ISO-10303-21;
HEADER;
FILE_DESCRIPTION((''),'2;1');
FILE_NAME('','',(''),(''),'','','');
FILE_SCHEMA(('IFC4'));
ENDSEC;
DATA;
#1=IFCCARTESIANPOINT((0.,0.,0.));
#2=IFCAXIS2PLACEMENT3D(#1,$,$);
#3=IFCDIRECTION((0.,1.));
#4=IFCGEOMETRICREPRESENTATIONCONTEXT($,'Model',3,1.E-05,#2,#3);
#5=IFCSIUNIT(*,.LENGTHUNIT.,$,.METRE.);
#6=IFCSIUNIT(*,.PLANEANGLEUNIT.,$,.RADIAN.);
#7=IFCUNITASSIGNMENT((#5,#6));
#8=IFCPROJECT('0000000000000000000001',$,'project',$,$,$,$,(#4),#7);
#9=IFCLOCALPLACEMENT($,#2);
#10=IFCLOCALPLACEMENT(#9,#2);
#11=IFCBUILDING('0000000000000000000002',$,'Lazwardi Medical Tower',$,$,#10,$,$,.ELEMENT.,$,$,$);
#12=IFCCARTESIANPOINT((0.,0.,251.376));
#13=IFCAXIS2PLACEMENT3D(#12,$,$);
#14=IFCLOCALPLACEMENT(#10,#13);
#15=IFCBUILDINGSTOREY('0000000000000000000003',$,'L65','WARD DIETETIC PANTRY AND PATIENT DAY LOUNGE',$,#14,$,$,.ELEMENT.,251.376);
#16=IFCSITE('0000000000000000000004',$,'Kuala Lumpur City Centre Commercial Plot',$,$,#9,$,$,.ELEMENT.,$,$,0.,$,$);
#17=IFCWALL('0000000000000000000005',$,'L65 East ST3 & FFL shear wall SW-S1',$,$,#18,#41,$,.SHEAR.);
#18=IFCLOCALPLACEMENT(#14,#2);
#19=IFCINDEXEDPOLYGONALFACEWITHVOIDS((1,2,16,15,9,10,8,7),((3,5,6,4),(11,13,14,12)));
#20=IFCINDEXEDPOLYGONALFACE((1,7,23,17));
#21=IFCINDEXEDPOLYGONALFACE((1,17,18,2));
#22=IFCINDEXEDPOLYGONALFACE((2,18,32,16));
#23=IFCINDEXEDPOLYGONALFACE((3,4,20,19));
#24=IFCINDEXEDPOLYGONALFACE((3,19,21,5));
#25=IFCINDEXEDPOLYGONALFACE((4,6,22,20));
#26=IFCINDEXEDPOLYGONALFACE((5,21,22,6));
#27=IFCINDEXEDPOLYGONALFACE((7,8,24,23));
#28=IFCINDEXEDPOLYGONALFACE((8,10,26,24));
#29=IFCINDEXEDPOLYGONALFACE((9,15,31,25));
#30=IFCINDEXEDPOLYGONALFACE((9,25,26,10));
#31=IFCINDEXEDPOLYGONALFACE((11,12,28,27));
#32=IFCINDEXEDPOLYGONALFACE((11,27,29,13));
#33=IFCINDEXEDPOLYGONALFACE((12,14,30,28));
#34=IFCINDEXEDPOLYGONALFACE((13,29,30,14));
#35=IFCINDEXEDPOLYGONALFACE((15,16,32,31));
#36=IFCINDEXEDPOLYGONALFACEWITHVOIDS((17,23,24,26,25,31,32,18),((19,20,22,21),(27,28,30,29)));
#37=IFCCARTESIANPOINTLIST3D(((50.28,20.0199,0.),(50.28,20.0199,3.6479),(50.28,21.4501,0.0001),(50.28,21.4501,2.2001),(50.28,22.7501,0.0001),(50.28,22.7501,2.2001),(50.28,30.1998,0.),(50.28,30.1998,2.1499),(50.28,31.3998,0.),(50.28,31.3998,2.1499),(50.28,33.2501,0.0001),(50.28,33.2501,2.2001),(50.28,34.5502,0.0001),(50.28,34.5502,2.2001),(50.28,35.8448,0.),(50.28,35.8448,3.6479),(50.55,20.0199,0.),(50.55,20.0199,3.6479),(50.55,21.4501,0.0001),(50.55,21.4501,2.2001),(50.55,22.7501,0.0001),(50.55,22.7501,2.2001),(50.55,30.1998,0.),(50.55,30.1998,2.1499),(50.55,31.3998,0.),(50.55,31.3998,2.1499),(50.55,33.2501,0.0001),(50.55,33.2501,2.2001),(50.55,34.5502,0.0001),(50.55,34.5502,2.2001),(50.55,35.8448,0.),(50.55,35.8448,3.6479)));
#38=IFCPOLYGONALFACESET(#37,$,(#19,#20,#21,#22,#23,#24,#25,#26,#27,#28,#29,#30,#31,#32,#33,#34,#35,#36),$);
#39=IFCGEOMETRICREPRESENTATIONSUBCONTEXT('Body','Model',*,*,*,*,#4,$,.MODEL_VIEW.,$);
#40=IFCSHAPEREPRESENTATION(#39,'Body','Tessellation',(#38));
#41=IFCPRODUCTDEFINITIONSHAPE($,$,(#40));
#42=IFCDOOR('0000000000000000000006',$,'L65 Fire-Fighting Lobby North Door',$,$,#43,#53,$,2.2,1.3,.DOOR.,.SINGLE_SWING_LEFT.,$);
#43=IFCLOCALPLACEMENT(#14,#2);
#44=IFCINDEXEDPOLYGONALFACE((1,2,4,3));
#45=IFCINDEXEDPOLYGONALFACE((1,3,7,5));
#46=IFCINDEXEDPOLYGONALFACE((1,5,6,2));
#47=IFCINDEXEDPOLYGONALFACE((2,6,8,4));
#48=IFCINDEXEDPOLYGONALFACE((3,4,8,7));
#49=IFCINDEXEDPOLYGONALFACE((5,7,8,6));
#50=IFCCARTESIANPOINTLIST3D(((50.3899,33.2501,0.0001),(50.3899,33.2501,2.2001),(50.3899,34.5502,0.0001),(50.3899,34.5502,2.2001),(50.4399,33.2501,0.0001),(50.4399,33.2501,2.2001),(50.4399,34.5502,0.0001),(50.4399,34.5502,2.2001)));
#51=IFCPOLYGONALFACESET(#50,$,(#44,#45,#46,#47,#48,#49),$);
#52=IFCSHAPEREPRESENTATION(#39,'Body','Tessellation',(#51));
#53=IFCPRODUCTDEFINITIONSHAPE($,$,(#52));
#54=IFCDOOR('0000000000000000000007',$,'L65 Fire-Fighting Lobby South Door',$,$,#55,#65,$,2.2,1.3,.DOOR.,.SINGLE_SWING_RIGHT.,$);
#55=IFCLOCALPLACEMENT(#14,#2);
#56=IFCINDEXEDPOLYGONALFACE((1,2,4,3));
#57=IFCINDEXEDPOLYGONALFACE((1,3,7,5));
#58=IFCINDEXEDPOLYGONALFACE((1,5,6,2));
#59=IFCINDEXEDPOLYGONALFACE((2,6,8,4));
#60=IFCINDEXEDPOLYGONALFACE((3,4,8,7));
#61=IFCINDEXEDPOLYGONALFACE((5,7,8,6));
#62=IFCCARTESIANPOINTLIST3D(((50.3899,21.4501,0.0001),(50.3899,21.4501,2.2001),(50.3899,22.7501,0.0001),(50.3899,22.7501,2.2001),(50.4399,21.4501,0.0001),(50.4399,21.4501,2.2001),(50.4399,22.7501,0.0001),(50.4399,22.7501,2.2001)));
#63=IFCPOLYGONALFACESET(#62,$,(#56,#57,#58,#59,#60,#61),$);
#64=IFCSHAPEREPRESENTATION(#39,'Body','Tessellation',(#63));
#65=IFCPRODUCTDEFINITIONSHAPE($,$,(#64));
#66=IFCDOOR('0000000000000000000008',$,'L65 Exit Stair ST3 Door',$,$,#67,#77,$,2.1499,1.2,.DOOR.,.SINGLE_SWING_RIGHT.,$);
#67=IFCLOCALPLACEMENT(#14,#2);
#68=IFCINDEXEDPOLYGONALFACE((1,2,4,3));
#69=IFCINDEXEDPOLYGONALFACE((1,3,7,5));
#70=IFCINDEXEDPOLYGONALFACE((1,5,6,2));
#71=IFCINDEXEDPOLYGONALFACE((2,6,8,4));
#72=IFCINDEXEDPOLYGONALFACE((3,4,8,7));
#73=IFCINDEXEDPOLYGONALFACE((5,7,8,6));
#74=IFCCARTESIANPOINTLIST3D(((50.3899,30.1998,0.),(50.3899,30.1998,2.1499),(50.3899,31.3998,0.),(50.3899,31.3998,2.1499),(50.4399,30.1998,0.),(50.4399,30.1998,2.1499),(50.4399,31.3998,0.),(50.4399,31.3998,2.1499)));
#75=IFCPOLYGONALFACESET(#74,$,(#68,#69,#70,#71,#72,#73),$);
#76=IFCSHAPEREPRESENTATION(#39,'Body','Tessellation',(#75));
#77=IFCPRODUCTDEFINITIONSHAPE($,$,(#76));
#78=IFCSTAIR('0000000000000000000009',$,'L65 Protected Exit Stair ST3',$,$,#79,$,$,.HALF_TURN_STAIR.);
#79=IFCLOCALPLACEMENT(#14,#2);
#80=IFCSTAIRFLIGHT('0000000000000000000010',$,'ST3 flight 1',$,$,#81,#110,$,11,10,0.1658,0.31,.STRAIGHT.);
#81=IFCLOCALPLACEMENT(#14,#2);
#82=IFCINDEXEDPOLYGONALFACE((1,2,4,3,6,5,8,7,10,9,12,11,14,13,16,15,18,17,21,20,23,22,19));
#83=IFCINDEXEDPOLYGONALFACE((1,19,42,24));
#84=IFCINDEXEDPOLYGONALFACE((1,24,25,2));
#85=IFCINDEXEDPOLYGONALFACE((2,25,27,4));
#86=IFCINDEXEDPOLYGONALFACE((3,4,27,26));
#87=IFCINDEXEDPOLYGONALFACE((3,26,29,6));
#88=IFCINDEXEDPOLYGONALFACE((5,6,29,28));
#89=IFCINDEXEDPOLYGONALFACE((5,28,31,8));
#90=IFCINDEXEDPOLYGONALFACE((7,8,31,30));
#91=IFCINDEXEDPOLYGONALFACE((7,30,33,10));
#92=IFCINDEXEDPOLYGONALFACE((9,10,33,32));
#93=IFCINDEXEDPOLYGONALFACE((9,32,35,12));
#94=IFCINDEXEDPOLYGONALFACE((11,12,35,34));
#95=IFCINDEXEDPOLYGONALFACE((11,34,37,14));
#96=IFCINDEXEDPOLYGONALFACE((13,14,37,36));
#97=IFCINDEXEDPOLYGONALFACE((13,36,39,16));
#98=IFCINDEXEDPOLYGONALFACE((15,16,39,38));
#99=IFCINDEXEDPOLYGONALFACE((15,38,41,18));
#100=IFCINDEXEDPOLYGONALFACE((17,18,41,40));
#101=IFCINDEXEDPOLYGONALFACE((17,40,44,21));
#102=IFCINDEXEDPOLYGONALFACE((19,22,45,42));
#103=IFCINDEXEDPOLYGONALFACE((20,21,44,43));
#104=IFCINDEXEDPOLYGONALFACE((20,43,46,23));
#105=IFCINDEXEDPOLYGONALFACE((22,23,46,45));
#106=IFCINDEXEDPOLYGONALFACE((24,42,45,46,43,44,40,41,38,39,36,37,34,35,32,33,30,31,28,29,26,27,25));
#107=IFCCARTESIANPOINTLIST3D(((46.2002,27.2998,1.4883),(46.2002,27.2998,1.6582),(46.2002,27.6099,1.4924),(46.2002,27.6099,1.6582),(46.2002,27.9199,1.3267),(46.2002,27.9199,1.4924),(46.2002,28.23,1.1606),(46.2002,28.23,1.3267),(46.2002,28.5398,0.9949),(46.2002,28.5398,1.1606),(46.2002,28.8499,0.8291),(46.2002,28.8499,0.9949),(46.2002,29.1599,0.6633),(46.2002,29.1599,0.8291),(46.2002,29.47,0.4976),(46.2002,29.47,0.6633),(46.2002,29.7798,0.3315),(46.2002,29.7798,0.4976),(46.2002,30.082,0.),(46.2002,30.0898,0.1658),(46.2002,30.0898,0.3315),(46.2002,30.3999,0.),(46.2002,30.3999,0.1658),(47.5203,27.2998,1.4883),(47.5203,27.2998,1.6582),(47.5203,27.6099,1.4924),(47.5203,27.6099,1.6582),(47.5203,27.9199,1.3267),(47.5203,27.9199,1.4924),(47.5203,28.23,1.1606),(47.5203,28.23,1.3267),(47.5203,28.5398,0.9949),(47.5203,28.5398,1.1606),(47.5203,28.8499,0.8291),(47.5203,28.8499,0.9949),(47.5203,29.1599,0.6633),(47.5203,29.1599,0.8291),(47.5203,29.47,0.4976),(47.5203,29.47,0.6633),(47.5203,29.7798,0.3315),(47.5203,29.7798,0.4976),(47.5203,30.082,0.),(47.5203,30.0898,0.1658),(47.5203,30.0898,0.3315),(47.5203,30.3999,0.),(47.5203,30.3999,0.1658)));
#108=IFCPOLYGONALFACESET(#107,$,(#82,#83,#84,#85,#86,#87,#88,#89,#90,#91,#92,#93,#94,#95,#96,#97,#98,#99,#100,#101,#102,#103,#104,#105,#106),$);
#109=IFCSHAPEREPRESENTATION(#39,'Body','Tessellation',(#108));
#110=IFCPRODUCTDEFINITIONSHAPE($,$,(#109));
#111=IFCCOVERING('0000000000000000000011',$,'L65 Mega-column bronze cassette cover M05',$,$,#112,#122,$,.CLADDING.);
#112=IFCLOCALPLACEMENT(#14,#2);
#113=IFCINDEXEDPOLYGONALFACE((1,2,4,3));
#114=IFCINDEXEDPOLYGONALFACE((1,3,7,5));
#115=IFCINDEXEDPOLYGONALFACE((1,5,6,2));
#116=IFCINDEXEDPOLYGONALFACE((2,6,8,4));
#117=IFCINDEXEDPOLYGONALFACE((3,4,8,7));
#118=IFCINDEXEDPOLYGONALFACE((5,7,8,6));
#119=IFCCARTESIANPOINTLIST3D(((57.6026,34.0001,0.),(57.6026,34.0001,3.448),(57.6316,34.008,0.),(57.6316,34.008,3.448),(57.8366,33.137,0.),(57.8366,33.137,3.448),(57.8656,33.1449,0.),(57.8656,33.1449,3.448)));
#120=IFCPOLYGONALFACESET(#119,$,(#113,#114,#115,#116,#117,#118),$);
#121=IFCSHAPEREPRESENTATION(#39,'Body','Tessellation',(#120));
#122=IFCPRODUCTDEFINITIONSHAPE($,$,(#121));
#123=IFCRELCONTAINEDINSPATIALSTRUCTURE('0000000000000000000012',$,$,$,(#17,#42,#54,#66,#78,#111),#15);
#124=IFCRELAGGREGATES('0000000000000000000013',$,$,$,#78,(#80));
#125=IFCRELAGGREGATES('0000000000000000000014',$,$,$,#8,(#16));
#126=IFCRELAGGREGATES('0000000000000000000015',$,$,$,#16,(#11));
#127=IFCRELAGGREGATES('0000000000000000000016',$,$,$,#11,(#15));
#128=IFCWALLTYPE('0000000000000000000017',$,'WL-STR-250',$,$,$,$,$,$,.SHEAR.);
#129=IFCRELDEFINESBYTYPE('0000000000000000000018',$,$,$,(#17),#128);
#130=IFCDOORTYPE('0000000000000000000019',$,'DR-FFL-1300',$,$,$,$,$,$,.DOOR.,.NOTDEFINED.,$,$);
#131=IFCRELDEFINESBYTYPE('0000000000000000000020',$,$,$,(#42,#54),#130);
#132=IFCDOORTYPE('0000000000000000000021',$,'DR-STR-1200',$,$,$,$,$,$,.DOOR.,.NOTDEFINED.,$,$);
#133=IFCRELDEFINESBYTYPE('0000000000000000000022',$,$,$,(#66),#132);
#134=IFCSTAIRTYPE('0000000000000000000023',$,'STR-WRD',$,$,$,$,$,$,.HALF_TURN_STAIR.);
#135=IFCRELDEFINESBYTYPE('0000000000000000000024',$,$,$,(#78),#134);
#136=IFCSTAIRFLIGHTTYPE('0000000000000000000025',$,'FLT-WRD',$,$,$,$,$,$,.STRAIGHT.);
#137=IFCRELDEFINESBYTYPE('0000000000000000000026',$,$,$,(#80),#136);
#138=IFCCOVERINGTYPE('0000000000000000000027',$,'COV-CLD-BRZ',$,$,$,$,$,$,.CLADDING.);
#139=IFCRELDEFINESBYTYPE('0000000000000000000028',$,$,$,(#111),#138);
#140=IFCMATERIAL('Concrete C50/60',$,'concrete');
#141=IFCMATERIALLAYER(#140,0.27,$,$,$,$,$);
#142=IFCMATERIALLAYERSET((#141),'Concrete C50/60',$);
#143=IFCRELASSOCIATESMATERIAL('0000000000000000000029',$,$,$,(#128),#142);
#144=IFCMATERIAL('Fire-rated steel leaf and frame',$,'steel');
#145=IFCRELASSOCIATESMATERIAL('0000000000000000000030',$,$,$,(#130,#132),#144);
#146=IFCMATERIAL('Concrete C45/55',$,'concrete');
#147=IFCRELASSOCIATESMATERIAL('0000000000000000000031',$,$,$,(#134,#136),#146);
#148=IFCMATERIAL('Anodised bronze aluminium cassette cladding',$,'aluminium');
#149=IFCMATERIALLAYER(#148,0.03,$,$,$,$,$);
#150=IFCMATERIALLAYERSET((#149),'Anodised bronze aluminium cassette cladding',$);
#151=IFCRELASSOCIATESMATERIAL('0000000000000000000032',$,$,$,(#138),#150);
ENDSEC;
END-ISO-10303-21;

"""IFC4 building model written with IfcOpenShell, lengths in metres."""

from ifc_helpers import new_model, si_unit, direction, frame, frame_2d, origin, origin_2d, place, context, subcontext, project, spatial, polyline, rectangle, outline, extrude, material, layer, layer_set, type_object, element, fill, aggregate, save


model = new_model("IFC4")

# Units and contexts
model_context = context("Model", 3, precision=1e-05, world=origin(), true_north=direction((0.0, 1.0)))
body_context = subcontext(model_context, "Body", "Model", "MODEL_VIEW")
ifc_project = project(units=[si_unit("LENGTHUNIT", "METRE"), si_unit("PLANEANGLEUNIT", "RADIAN")], contexts=[model_context])

# Site, building, storey
site_placement = place(None, origin())
site = spatial("IfcSite", under=ifc_project, at=site_placement, Name="Kuala Lumpur City Centre Commercial Plot", CompositionType="ELEMENT", RefElevation=0.0)
building_placement = place(site_placement, origin())
building = spatial("IfcBuilding", under=site, at=building_placement, Name="Lazwardi Medical Tower", CompositionType="ELEMENT")
storey_placement = place(building_placement, frame((0.0, 0.0, 251.376)))
storey = spatial("IfcBuildingStorey", under=building, at=storey_placement, Name="L65", Description="WARD DIETETIC PANTRY AND PATIENT DAY LOUNGE", CompositionType="ELEMENT", Elevation=251.376)

# Wall, openings, doors
ifc_material_1 = material(Name="Concrete C50/60", Category="concrete")
ifc_layer_1 = layer(ifc_material_1, 0.27)
ifc_layer_set_1 = layer_set([ifc_layer_1], Name="Concrete C50/60")
wall_type_1 = type_object("IfcWallType", Name="WL-STR-250", PredefinedType="SHEAR", material=ifc_layer_set_1)
wall_1_placement = place(storey_placement, frame((50.415, 35.845, 0.0), z_axis=(0.0, 0.0, 1.0), x_axis=(0.0, -1.0, 0.0)))
wall_1 = element("IfcWall", 1, at=wall_1_placement, inside=storey, type_object=wall_type_1, Name="L65 East ST3 & FFL shear wall SW-S1", PredefinedType="SHEAR", context=body_context, shape_type="SweptSolid", body=[
    extrude(rectangle(XDim=15.825, YDim=0.27, at=frame_2d((7.9126, 0.0))), origin(), (0.0, 0.0, 1.0), 3.6479),
])
opening_1_placement = place(wall_1_placement, frame((4.4451, 0.0, 0.0)))
opening_1 = element("IfcOpeningElement", 2, at=opening_1_placement, cuts=wall_1, PredefinedType="OPENING", context=body_context, shape_type="SweptSolid", body=[
    extrude(rectangle(XDim=1.2, YDim=2.1499, at=frame_2d((0.6001, 1.075))), frame((0.0, 0.145, 0.0), z_axis=(0.0, -1.0, 0.0), x_axis=(1.0, 0.0, 0.0)), (0.0, 0.0, 1.0), 0.29),
])
opening_2_placement = place(wall_1_placement, frame((1.2949, 0.0, 0.0)))
opening_2 = element("IfcOpeningElement", 3, at=opening_2_placement, cuts=wall_1, PredefinedType="OPENING", context=body_context, shape_type="SweptSolid", body=[
    extrude(rectangle(XDim=1.3, YDim=2.2, at=frame_2d((0.6499, 1.1001))), frame((0.0, 0.145, 0.0), z_axis=(0.0, -1.0, 0.0), x_axis=(1.0, 0.0, 0.0)), (0.0, 0.0, 1.0), 0.29),
])
opening_3_placement = place(wall_1_placement, frame((13.095, 0.0, 0.0)))
opening_3 = element("IfcOpeningElement", 4, at=opening_3_placement, cuts=wall_1, PredefinedType="OPENING", context=body_context, shape_type="SweptSolid", body=[
    extrude(rectangle(XDim=1.3, YDim=2.2, at=frame_2d((0.6499, 1.1001))), frame((0.0, 0.145, 0.0), z_axis=(0.0, -1.0, 0.0), x_axis=(1.0, 0.0, 0.0)), (0.0, 0.0, 1.0), 0.29),
])
ifc_material_2 = material(Name="Fire-rated steel leaf and frame", Category="steel")
door_type_1 = type_object("IfcDoorType", Name="DR-FFL-1300", OperationType="NOTDEFINED", PredefinedType="DOOR", material=ifc_material_2)
door_1_placement = place(opening_2_placement, origin())
door_1 = element("IfcDoor", 5, at=door_1_placement, inside=storey, type_object=door_type_1, Name="L65 Fire-Fighting Lobby North Door", OperationType="SINGLE_SWING_LEFT", OverallHeight=2.2, OverallWidth=1.3, PredefinedType="DOOR", context=body_context, shape_type="SweptSolid", body=[
    extrude(rectangle(XDim=1.3, YDim=2.2, at=frame_2d((0.6499, 1.1001))), frame((0.0, 0.0249, 0.0), z_axis=(0.0, -1.0, 0.0), x_axis=(1.0, 0.0, 0.0)), (0.0, 0.0, 1.0), 0.05),
])
fill(opening_2, door_1)
door_2_placement = place(opening_3_placement, origin())
door_2 = element("IfcDoor", 6, at=door_2_placement, inside=storey, type_object=door_type_1, Name="L65 Fire-Fighting Lobby South Door", OperationType="SINGLE_SWING_RIGHT", OverallHeight=2.2, OverallWidth=1.3, PredefinedType="DOOR", context=body_context, shape_type="SweptSolid", body=[
    extrude(rectangle(XDim=1.3, YDim=2.2, at=frame_2d((0.6499, 1.1001))), frame((0.0, 0.0249, 0.0), z_axis=(0.0, -1.0, 0.0), x_axis=(1.0, 0.0, 0.0)), (0.0, 0.0, 1.0), 0.05),
])
fill(opening_3, door_2)
door_type_2 = type_object("IfcDoorType", Name="DR-STR-1200", OperationType="NOTDEFINED", PredefinedType="DOOR", material=ifc_material_2)
door_3_placement = place(opening_1_placement, origin())
door_3 = element("IfcDoor", 7, at=door_3_placement, inside=storey, type_object=door_type_2, Name="L65 Exit Stair ST3 Door", OperationType="SINGLE_SWING_RIGHT", OverallHeight=2.1499, OverallWidth=1.2, PredefinedType="DOOR", context=body_context, shape_type="SweptSolid", body=[
    extrude(rectangle(XDim=1.2, YDim=2.1499, at=frame_2d((0.6001, 1.075))), frame((0.0, 0.0249, 0.0), z_axis=(0.0, -1.0, 0.0), x_axis=(1.0, 0.0, 0.0)), (0.0, 0.0, 1.0), 0.05),
])
fill(opening_1, door_3)

# Stair, stair flight
ifc_material_3 = material(Name="Concrete C45/55", Category="concrete")
stair_type = type_object("IfcStairType", Name="STR-WRD", PredefinedType="HALF_TURN_STAIR", material=ifc_material_3)
stair_placement = place(storey_placement, origin())
stair = element("IfcStair", 8, at=stair_placement, inside=storey, type_object=stair_type, Name="L65 Protected Exit Stair ST3", PredefinedType="HALF_TURN_STAIR")
stair_flight_type = type_object("IfcStairFlightType", Name="FLT-WRD", PredefinedType="STRAIGHT", material=ifc_material_3)
stair_flight_placement = place(storey_placement, frame((46.8601, 30.3999, 0.0), z_axis=(0.0, 0.0, 1.0), x_axis=(0.0, -1.0, 0.0)))
stair_flight = element("IfcStairFlight", 9, at=stair_flight_placement, type_object=stair_flight_type, Name="ST3 flight 1", NumberOfRisers=11, NumberOfTreads=10, PredefinedType="STRAIGHT", RiserHeight=0.1658, TreadLength=0.31, context=body_context, shape_type="SweptSolid", body=[
    extrude(outline(polyline([(0.0, 0.0), (0.0, 0.1658), (0.3101, 0.1658), (0.3101, 0.3315), (0.6201, 0.3315), (0.6201, 0.4976), (0.9299, 0.4976), (0.9299, 0.6633), (1.24, 0.6633), (1.24, 0.8291), (1.55, 0.8291), (1.55, 0.9949), (1.8601, 0.9949), (1.8601, 1.1606), (2.1699, 1.1606), (2.1699, 1.3267), (2.48, 1.3267), (2.48, 1.4924), (2.79, 1.4924), (2.79, 1.6582), (3.1001, 1.6582), (3.1001, 1.824), (3.1001, 1.4883), (0.3179, 0.0), (0.0, 0.0)])), frame((0.0, 0.6602, 0.0), z_axis=(0.0, -1.0, 0.0), x_axis=(1.0, 0.0, 0.0)), (0.0, 0.0, 1.0), 1.3201),
])
aggregate(stair, [stair_flight])

# Covering
ifc_material_4 = material(Name="Anodised bronze aluminium cassette cladding", Category="aluminium")
ifc_layer_2 = layer(ifc_material_4, 0.03)
ifc_layer_set_2 = layer_set([ifc_layer_2], Name="Anodised bronze aluminium cassette cladding")
covering_type = type_object("IfcCoveringType", Name="COV-CLD-BRZ", PredefinedType="CLADDING", material=ifc_layer_set_2)
covering_placement = place(storey_placement, frame((57.7341, 33.5725, 0.0), z_axis=(0.0, 0.0, 1.0), x_axis=(-0.261642, 0.965165, 0.0)))
element("IfcCovering", 10, at=covering_placement, inside=storey, type_object=covering_type, Name="L65 Mega-column bronze cassette cover M05", PredefinedType="CLADDING", context=body_context, shape_type="SweptSolid", body=[
    extrude(rectangle(XDim=0.8943, YDim=0.03, at=origin_2d()), origin(), (0.0, 0.0, 1.0), 3.448),
])

save(model, "model.ifc")
